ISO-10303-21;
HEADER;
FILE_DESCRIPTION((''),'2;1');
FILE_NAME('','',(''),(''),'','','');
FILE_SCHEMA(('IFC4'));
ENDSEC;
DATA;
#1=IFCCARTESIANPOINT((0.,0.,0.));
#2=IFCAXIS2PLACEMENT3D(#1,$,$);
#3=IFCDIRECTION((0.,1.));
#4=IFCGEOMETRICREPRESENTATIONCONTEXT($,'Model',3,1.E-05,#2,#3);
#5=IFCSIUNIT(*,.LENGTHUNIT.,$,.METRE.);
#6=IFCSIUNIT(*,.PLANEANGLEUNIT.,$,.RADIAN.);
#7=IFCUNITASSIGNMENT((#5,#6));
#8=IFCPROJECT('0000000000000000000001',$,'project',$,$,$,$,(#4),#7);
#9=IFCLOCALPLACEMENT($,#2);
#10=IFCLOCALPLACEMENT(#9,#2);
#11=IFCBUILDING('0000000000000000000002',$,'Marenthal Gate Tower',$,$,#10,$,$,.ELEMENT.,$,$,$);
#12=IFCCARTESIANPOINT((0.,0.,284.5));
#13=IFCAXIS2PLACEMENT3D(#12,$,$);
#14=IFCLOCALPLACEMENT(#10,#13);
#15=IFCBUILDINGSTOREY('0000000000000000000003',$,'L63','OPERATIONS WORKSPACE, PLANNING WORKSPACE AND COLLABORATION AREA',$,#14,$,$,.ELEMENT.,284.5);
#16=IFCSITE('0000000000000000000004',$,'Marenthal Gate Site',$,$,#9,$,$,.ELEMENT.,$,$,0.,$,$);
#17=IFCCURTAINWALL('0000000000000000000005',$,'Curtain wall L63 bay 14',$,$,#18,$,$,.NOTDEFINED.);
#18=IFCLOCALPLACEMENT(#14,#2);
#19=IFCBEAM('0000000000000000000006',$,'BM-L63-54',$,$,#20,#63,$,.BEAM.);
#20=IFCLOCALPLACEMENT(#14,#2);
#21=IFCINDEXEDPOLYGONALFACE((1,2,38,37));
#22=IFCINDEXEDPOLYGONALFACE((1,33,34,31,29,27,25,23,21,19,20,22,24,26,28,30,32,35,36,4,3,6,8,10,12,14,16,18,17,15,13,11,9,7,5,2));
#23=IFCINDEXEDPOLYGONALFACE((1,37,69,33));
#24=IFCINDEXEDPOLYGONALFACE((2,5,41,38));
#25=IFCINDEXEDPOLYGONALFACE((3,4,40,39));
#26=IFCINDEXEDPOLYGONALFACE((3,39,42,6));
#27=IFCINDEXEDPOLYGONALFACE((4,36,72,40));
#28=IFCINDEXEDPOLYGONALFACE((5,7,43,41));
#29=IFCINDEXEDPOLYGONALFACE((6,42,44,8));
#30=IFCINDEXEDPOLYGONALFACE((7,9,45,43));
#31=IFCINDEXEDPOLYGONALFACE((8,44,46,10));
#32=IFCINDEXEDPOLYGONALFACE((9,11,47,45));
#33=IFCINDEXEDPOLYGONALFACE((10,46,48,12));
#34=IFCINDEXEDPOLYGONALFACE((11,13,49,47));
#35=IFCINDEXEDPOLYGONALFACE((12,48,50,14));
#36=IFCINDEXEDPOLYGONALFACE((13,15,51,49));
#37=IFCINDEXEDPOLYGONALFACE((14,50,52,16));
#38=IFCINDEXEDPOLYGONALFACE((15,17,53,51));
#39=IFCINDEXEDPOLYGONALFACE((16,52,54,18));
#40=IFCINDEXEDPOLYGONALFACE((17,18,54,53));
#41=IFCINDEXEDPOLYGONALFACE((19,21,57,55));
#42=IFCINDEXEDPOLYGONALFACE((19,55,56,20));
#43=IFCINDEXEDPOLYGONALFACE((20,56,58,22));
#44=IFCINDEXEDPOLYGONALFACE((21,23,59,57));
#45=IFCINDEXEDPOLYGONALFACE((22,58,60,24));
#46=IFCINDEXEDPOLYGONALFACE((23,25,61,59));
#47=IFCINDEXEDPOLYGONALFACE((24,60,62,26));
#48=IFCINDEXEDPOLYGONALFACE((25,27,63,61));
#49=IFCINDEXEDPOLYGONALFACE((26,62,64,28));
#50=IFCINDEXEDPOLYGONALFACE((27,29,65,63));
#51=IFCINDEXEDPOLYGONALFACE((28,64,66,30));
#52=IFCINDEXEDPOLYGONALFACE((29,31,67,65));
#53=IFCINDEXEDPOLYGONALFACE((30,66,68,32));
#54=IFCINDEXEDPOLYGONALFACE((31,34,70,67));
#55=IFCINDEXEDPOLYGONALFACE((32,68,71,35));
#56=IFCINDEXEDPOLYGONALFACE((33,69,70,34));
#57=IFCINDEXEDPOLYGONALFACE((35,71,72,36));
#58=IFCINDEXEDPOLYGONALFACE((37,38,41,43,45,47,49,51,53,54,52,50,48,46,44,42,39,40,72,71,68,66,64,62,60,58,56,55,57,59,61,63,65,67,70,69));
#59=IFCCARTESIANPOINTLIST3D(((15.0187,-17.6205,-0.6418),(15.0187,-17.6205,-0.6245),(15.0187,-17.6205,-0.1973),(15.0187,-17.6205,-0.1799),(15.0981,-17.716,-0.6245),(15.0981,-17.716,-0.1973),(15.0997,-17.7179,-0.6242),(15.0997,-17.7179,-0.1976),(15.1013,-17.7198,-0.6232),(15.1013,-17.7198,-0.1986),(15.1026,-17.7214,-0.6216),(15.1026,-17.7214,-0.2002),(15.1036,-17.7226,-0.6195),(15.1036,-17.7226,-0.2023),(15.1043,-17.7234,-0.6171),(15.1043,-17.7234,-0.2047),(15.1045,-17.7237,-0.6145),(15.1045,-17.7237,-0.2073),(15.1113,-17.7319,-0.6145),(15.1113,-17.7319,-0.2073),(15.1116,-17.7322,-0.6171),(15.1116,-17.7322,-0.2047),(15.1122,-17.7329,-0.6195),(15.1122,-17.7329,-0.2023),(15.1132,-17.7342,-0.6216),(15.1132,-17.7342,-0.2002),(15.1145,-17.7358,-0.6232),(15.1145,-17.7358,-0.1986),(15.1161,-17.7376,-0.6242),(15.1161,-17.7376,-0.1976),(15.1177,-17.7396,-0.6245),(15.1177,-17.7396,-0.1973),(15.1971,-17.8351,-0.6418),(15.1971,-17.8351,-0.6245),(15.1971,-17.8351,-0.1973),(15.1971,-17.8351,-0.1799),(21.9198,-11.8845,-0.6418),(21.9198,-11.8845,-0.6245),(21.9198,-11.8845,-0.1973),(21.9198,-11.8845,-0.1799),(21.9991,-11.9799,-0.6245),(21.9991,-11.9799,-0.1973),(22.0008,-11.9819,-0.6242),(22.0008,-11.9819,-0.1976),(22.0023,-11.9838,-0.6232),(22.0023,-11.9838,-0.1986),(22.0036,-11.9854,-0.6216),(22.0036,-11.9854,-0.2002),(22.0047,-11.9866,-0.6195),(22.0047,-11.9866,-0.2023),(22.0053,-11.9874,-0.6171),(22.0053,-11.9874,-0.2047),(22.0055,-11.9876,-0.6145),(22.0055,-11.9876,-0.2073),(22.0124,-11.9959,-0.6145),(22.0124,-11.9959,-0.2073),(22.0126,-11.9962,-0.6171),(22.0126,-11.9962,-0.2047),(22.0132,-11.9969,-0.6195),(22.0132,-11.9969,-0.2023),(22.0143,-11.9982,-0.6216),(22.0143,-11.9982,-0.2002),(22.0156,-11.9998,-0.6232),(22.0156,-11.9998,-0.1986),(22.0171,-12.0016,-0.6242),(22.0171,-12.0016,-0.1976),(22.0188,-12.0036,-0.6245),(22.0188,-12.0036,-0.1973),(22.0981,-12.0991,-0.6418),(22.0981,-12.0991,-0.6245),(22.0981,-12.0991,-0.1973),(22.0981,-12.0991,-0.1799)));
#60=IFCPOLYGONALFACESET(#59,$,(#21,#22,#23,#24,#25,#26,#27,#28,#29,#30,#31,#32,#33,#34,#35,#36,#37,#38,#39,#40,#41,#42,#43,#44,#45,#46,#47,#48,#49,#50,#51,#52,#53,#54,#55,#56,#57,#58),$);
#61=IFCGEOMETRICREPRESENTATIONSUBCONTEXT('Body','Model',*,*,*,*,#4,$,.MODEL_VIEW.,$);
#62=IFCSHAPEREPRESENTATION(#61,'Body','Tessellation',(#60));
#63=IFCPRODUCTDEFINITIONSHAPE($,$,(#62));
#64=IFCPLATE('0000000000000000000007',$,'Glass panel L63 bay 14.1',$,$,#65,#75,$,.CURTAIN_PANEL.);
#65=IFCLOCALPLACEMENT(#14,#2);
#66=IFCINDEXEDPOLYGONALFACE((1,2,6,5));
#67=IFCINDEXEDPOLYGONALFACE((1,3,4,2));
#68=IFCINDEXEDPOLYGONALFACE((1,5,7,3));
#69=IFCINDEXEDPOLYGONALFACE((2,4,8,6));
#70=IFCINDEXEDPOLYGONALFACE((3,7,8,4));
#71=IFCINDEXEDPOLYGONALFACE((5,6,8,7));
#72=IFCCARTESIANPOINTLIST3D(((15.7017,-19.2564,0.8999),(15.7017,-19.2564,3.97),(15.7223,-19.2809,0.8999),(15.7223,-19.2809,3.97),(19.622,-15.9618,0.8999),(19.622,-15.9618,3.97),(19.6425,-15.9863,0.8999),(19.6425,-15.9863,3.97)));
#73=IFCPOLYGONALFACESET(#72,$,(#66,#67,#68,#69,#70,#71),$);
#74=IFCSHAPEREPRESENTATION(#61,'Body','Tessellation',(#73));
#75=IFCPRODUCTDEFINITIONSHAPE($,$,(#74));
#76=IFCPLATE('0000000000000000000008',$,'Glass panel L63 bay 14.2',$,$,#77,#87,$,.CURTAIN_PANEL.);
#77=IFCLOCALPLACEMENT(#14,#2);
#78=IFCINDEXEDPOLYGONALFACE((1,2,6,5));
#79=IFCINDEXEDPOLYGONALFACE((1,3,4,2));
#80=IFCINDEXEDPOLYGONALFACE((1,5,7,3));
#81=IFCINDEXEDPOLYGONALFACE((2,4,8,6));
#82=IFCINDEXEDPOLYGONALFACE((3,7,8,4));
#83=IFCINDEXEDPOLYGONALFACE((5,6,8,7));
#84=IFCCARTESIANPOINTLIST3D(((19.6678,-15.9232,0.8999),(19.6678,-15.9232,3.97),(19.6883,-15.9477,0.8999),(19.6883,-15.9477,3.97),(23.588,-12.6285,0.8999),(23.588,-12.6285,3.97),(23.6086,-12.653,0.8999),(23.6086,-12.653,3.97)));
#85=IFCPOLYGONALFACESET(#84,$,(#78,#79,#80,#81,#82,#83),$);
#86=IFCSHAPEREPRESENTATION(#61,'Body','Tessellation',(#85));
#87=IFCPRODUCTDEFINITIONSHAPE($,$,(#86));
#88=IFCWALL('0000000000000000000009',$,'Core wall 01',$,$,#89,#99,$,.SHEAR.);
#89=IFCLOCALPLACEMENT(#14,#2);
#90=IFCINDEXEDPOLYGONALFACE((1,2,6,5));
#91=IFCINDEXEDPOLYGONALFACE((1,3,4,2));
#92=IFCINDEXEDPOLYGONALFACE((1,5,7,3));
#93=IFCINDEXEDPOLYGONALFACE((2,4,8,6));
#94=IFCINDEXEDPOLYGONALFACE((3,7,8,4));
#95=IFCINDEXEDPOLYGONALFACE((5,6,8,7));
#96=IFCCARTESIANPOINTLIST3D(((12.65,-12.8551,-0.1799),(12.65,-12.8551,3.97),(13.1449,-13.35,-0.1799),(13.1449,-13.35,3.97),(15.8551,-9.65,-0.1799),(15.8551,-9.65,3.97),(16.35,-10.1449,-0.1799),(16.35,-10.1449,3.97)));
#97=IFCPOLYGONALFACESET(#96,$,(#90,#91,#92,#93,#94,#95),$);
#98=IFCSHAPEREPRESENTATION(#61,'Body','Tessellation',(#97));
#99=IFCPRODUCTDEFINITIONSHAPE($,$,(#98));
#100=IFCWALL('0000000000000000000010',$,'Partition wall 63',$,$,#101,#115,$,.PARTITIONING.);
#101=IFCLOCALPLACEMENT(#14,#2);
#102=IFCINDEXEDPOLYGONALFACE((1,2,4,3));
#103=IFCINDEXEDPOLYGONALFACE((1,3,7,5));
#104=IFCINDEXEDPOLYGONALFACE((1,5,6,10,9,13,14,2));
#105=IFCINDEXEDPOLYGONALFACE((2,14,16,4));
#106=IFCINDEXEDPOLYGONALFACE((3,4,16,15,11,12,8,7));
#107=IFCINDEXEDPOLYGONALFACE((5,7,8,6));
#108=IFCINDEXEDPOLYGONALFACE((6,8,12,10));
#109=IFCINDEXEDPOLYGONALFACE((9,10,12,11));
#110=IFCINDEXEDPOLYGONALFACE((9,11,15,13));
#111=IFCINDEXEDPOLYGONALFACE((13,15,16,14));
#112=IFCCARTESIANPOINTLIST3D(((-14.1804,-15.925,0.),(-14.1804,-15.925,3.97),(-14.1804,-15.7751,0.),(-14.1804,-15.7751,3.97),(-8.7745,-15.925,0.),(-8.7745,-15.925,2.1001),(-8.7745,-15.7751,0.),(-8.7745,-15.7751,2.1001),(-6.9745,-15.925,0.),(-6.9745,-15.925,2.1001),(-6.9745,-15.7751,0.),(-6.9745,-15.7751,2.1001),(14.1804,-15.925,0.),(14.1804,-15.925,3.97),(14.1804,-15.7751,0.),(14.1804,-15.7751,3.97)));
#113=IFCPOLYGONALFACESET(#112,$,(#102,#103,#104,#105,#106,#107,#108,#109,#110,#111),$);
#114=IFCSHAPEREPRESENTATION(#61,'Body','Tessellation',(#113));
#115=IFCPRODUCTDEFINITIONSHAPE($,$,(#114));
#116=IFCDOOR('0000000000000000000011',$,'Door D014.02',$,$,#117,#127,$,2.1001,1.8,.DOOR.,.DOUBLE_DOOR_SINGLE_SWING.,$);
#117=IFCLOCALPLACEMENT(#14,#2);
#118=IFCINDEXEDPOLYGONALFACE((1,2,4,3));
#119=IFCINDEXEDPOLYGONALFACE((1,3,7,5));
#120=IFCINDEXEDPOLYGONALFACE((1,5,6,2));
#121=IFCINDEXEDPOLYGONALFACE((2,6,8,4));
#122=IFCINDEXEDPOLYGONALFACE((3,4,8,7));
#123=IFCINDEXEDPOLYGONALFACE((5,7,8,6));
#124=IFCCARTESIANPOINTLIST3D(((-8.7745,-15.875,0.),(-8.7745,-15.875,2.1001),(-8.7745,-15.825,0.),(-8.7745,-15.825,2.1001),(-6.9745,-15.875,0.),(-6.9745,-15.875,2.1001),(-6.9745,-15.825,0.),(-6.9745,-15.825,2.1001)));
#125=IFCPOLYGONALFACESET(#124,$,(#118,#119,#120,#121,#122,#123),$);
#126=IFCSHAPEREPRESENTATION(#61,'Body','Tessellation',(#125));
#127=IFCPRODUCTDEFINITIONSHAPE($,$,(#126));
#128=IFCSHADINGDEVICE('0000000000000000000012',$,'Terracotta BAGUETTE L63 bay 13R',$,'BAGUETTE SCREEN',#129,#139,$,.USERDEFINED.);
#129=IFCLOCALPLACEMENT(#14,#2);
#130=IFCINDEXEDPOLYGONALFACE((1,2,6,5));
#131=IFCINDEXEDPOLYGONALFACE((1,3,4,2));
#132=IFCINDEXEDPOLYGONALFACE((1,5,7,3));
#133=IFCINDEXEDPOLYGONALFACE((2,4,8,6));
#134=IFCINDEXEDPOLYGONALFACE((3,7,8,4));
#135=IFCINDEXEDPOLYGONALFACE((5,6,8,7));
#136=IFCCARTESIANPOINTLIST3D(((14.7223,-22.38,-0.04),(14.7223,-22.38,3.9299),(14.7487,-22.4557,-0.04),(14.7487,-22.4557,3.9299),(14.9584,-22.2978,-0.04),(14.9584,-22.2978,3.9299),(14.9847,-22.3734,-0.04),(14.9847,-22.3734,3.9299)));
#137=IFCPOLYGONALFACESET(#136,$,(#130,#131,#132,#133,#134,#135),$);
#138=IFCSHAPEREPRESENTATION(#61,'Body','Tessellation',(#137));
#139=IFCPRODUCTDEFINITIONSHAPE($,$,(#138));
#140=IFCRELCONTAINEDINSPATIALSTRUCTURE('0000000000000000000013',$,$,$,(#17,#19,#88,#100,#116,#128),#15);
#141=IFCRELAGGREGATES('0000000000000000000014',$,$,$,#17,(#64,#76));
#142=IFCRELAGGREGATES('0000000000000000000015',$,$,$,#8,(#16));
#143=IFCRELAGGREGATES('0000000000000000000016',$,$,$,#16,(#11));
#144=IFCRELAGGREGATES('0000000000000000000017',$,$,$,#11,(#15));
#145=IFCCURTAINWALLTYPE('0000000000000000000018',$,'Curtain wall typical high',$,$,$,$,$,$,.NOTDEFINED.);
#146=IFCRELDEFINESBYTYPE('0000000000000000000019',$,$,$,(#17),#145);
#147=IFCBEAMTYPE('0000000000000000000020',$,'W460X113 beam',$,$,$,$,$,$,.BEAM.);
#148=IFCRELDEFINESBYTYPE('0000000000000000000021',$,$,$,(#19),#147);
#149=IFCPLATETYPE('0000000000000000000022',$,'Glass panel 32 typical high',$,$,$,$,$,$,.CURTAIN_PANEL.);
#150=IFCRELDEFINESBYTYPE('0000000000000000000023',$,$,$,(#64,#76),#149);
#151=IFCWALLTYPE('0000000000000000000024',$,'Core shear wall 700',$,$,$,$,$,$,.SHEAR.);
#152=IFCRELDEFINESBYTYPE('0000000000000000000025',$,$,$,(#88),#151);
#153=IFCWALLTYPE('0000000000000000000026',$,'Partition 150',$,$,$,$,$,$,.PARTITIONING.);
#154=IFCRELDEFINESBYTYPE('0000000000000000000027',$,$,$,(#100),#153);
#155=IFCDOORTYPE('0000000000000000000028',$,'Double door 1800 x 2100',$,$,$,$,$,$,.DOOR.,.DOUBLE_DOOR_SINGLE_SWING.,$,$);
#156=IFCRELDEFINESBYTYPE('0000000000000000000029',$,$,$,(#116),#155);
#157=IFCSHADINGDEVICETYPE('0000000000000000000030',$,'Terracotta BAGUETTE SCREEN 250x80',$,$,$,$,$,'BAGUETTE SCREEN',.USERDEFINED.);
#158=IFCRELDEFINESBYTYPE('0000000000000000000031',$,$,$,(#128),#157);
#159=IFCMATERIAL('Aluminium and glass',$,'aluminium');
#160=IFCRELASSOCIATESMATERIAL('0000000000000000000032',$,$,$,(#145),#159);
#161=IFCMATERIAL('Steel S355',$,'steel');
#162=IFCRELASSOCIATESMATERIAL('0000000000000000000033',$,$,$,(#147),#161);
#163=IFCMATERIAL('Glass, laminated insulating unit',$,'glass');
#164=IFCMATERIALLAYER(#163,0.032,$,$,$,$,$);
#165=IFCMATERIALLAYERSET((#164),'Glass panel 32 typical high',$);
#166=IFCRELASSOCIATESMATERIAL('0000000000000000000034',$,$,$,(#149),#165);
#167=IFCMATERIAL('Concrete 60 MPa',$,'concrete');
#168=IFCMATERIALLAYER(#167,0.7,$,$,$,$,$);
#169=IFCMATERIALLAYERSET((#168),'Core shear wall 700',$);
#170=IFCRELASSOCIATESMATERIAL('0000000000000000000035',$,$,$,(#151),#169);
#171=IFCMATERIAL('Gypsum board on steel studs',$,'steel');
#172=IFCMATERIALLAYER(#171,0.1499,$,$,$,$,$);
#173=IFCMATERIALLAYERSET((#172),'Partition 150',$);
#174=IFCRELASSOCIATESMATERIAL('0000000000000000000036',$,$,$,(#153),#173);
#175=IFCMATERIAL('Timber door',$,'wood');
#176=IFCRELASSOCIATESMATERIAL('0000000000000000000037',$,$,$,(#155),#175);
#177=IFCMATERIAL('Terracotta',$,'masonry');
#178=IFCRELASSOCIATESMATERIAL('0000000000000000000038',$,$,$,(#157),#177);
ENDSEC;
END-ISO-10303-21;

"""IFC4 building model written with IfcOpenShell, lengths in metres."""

from ifc_helpers import new_model, si_unit, direction, frame, frame_2d, origin, origin_2d, place, context, subcontext, project, spatial, rectangle, i_section, extrude, material, layer, layer_set, material_profile, profile_set, type_object, element, fill, aggregate, save


model = new_model("IFC4")

# Units and contexts
model_context = context("Model", 3, precision=1e-05, world=origin(), true_north=direction((0.0, 1.0)))
body_context = subcontext(model_context, "Body", "Model", "MODEL_VIEW")
ifc_project = project(units=[si_unit("LENGTHUNIT", "METRE"), si_unit("PLANEANGLEUNIT", "RADIAN")], contexts=[model_context])

# Site, building, storey
site_placement = place(None, origin())
site = spatial("IfcSite", under=ifc_project, at=site_placement, Name="Marenthal Gate Site", CompositionType="ELEMENT", RefElevation=0.0)
building_placement = place(site_placement, origin())
building = spatial("IfcBuilding", under=site, at=building_placement, Name="Marenthal Gate Tower", CompositionType="ELEMENT")
storey_placement = place(building_placement, frame((0.0, 0.0, 284.5)))
storey = spatial("IfcBuildingStorey", under=building, at=storey_placement, Name="L63", Description="OPERATIONS WORKSPACE, PLANNING WORKSPACE AND COLLABORATION AREA", CompositionType="ELEMENT", Elevation=284.5)

# Curtain wall
ifc_material_1 = material(Name="Aluminium and glass", Category="aluminium")
curtain_wall_type = type_object("IfcCurtainWallType", Name="Curtain wall typical high", PredefinedType="NOTDEFINED", material=ifc_material_1)
curtain_wall_placement = place(storey_placement, origin())
curtain_wall = element("IfcCurtainWall", 1, at=curtain_wall_placement, inside=storey, type_object=curtain_wall_type, Name="Curtain wall L63 bay 14", PredefinedType="NOTDEFINED")

# Beam
ifc_material_2 = material(Name="Steel S355", Category="steel")
ifc_material_profile_1 = material_profile(ifc_material_2, i_section(OverallWidth=0.2791, OverallDepth=0.4619, WebThickness=0.0107, FlangeThickness=0.0173, FilletRadius=0.01, at=origin_2d()), Name="W460X113")
ifc_profile_set_1 = profile_set([ifc_material_profile_1], Name="Steel S355")
beam_type_1 = type_object("IfcBeamType", Name="W460X113 beam", PredefinedType="BEAM", material=ifc_profile_set_1)
beam_1_placement = place(storey_placement, frame((15.1079, -17.7278, -0.4109), z_axis=(0.769035, 0.639207, 0.0), x_axis=(-0.639207, 0.769035, 0.0)))
element("IfcBeam", 2, at=beam_1_placement, inside=storey, type_object=beam_type_1, Name="BM-L63-54", PredefinedType="BEAM", context=body_context, shape_type="SweptSolid", body=[
    extrude(i_section(OverallWidth=0.2791, OverallDepth=0.4619, WebThickness=0.0107, FlangeThickness=0.0173, FilletRadius=0.01, at=origin_2d()), origin(), (0.0, 0.0, 1.0), 8.9736),
])

# Plates
ifc_material_3 = material(Name="Glass, laminated insulating unit", Category="glass")
ifc_layer_1 = layer(ifc_material_3, 0.032)
ifc_layer_set_1 = layer_set([ifc_layer_1], Name="Glass panel 32 typical high")
plate_type = type_object("IfcPlateType", Name="Glass panel 32 typical high", PredefinedType="CURTAIN_PANEL", material=ifc_layer_set_1)
plate_1_placement = place(storey_placement, frame((17.6721, -17.6213, 0.8999), z_axis=(0.0, 0.0, 1.0), x_axis=(0.765547, 0.64338, 0.0)))
plate_1 = element("IfcPlate", 3, at=plate_1_placement, type_object=plate_type, Name="Glass panel L63 bay 14.1", PredefinedType="CURTAIN_PANEL", context=body_context, shape_type="SweptSolid", body=[
    extrude(rectangle(XDim=5.1208, YDim=0.032, at=origin_2d()), origin(), (0.0, 0.0, 1.0), 3.0701),
])
plate_2_placement = place(storey_placement, frame((21.6382, -14.2881, 0.8999), z_axis=(0.0, 0.0, 1.0), x_axis=(0.765547, 0.64338, 0.0)))
plate_2 = element("IfcPlate", 4, at=plate_2_placement, type_object=plate_type, Name="Glass panel L63 bay 14.2", PredefinedType="CURTAIN_PANEL", context=body_context, shape_type="SweptSolid", body=[
    extrude(rectangle(XDim=5.1208, YDim=0.032, at=origin_2d()), origin(), (0.0, 0.0, 1.0), 3.0701),
])
aggregate(curtain_wall, [plate_1, plate_2])

# Wall
ifc_material_4 = material(Name="Concrete 60 MPa", Category="concrete")
ifc_layer_2 = layer(ifc_material_4, 0.7)
ifc_layer_set_2 = layer_set([ifc_layer_2], Name="Core shear wall 700")
wall_type_1 = type_object("IfcWallType", Name="Core shear wall 700", PredefinedType="SHEAR", material=ifc_layer_set_2)
wall_1_placement = place(storey_placement, frame((12.8975, -13.1025, -0.1799), z_axis=(0.0, 0.0, 1.0), x_axis=(0.707107, 0.707107, 0.0)))
element("IfcWall", 5, at=wall_1_placement, inside=storey, type_object=wall_type_1, Name="Core wall 01", PredefinedType="SHEAR", context=body_context, shape_type="SweptSolid", body=[
    extrude(rectangle(XDim=4.5327, YDim=0.7, at=frame_2d((2.2664, 0.0))), origin(), (0.0, 0.0, 1.0), 4.1499),
])

# Wall, opening, door
ifc_material_5 = material(Name="Gypsum board on steel studs", Category="steel")
ifc_layer_3 = layer(ifc_material_5, 0.1499)
ifc_layer_set_3 = layer_set([ifc_layer_3], Name="Partition 150")
wall_type_2 = type_object("IfcWallType", Name="Partition 150", PredefinedType="PARTITIONING", material=ifc_layer_set_3)
wall_2_placement = place(storey_placement, frame((14.1804, -15.8501, 0.0), z_axis=(0.0, 0.0, 1.0), x_axis=(-1.0, 0.0, 0.0)))
wall_2 = element("IfcWall", 6, at=wall_2_placement, inside=storey, type_object=wall_type_2, Name="Partition wall 63", PredefinedType="PARTITIONING", context=body_context, shape_type="SweptSolid", body=[
    extrude(rectangle(XDim=28.3608, YDim=0.1499, at=frame_2d((14.1804, 0.0))), origin(), (0.0, 0.0, 1.0), 3.97),
])
opening_1_placement = place(wall_2_placement, frame((21.155, 0.0, 0.0)))
opening_1 = element("IfcOpeningElement", 7, at=opening_1_placement, cuts=wall_2, PredefinedType="OPENING", context=body_context, shape_type="SweptSolid", body=[
    extrude(rectangle(XDim=1.8, YDim=2.1001, at=frame_2d((0.8999, 1.05))), frame((0.0, 0.085, 0.0), z_axis=(0.0, -1.0, 0.0), x_axis=(1.0, 0.0, 0.0)), (0.0, 0.0, 1.0), 0.1699),
])
ifc_material_6 = material(Name="Timber door", Category="wood")
door_type_1 = type_object("IfcDoorType", Name="Double door 1800 x 2100", OperationType="DOUBLE_DOOR_SINGLE_SWING", PredefinedType="DOOR", material=ifc_material_6)
door_1_placement = place(opening_1_placement, origin())
door_1 = element("IfcDoor", 8, at=door_1_placement, inside=storey, type_object=door_type_1, Name="Door D014.02", OperationType="DOUBLE_DOOR_SINGLE_SWING", OverallHeight=2.1001, OverallWidth=1.8, PredefinedType="DOOR", context=body_context, shape_type="SweptSolid", body=[
    extrude(rectangle(XDim=1.8, YDim=2.1001, at=frame_2d((0.8999, 1.05))), frame((0.0, 0.0249, 0.0), z_axis=(0.0, -1.0, 0.0), x_axis=(1.0, 0.0, 0.0)), (0.0, 0.0, 1.0), 0.05),
])
fill(opening_1, door_1)

# Shading device
ifc_material_7 = material(Name="Terracotta", Category="masonry")
ifc_material_profile_2 = material_profile(ifc_material_7, rectangle(XDim=0.25, YDim=0.0801, at=origin_2d()), Name="Terracotta baguette 250x80")
ifc_profile_set_2 = profile_set([ifc_material_profile_2], Name="Terracotta")
shading_device_type = type_object("IfcShadingDeviceType", Name="Terracotta BAGUETTE SCREEN 250x80", ElementType="BAGUETTE SCREEN", PredefinedType="USERDEFINED", material=ifc_profile_set_2)
shading_device_placement = place(storey_placement, frame((14.8535, -22.3767, -0.04), z_axis=(0.0, 0.0, 1.0), x_axis=(0.944305, 0.329072, 0.0)))
element("IfcShadingDevice", 9, at=shading_device_placement, inside=storey, type_object=shading_device_type, Name="Terracotta BAGUETTE L63 bay 13R", ObjectType="BAGUETTE SCREEN", PredefinedType="USERDEFINED", context=body_context, shape_type="SweptSolid", body=[
    extrude(rectangle(XDim=0.25, YDim=0.0801, at=origin_2d()), origin(), (0.0, 0.0, 1.0), 3.97),
])

save(model, "model.ifc")
